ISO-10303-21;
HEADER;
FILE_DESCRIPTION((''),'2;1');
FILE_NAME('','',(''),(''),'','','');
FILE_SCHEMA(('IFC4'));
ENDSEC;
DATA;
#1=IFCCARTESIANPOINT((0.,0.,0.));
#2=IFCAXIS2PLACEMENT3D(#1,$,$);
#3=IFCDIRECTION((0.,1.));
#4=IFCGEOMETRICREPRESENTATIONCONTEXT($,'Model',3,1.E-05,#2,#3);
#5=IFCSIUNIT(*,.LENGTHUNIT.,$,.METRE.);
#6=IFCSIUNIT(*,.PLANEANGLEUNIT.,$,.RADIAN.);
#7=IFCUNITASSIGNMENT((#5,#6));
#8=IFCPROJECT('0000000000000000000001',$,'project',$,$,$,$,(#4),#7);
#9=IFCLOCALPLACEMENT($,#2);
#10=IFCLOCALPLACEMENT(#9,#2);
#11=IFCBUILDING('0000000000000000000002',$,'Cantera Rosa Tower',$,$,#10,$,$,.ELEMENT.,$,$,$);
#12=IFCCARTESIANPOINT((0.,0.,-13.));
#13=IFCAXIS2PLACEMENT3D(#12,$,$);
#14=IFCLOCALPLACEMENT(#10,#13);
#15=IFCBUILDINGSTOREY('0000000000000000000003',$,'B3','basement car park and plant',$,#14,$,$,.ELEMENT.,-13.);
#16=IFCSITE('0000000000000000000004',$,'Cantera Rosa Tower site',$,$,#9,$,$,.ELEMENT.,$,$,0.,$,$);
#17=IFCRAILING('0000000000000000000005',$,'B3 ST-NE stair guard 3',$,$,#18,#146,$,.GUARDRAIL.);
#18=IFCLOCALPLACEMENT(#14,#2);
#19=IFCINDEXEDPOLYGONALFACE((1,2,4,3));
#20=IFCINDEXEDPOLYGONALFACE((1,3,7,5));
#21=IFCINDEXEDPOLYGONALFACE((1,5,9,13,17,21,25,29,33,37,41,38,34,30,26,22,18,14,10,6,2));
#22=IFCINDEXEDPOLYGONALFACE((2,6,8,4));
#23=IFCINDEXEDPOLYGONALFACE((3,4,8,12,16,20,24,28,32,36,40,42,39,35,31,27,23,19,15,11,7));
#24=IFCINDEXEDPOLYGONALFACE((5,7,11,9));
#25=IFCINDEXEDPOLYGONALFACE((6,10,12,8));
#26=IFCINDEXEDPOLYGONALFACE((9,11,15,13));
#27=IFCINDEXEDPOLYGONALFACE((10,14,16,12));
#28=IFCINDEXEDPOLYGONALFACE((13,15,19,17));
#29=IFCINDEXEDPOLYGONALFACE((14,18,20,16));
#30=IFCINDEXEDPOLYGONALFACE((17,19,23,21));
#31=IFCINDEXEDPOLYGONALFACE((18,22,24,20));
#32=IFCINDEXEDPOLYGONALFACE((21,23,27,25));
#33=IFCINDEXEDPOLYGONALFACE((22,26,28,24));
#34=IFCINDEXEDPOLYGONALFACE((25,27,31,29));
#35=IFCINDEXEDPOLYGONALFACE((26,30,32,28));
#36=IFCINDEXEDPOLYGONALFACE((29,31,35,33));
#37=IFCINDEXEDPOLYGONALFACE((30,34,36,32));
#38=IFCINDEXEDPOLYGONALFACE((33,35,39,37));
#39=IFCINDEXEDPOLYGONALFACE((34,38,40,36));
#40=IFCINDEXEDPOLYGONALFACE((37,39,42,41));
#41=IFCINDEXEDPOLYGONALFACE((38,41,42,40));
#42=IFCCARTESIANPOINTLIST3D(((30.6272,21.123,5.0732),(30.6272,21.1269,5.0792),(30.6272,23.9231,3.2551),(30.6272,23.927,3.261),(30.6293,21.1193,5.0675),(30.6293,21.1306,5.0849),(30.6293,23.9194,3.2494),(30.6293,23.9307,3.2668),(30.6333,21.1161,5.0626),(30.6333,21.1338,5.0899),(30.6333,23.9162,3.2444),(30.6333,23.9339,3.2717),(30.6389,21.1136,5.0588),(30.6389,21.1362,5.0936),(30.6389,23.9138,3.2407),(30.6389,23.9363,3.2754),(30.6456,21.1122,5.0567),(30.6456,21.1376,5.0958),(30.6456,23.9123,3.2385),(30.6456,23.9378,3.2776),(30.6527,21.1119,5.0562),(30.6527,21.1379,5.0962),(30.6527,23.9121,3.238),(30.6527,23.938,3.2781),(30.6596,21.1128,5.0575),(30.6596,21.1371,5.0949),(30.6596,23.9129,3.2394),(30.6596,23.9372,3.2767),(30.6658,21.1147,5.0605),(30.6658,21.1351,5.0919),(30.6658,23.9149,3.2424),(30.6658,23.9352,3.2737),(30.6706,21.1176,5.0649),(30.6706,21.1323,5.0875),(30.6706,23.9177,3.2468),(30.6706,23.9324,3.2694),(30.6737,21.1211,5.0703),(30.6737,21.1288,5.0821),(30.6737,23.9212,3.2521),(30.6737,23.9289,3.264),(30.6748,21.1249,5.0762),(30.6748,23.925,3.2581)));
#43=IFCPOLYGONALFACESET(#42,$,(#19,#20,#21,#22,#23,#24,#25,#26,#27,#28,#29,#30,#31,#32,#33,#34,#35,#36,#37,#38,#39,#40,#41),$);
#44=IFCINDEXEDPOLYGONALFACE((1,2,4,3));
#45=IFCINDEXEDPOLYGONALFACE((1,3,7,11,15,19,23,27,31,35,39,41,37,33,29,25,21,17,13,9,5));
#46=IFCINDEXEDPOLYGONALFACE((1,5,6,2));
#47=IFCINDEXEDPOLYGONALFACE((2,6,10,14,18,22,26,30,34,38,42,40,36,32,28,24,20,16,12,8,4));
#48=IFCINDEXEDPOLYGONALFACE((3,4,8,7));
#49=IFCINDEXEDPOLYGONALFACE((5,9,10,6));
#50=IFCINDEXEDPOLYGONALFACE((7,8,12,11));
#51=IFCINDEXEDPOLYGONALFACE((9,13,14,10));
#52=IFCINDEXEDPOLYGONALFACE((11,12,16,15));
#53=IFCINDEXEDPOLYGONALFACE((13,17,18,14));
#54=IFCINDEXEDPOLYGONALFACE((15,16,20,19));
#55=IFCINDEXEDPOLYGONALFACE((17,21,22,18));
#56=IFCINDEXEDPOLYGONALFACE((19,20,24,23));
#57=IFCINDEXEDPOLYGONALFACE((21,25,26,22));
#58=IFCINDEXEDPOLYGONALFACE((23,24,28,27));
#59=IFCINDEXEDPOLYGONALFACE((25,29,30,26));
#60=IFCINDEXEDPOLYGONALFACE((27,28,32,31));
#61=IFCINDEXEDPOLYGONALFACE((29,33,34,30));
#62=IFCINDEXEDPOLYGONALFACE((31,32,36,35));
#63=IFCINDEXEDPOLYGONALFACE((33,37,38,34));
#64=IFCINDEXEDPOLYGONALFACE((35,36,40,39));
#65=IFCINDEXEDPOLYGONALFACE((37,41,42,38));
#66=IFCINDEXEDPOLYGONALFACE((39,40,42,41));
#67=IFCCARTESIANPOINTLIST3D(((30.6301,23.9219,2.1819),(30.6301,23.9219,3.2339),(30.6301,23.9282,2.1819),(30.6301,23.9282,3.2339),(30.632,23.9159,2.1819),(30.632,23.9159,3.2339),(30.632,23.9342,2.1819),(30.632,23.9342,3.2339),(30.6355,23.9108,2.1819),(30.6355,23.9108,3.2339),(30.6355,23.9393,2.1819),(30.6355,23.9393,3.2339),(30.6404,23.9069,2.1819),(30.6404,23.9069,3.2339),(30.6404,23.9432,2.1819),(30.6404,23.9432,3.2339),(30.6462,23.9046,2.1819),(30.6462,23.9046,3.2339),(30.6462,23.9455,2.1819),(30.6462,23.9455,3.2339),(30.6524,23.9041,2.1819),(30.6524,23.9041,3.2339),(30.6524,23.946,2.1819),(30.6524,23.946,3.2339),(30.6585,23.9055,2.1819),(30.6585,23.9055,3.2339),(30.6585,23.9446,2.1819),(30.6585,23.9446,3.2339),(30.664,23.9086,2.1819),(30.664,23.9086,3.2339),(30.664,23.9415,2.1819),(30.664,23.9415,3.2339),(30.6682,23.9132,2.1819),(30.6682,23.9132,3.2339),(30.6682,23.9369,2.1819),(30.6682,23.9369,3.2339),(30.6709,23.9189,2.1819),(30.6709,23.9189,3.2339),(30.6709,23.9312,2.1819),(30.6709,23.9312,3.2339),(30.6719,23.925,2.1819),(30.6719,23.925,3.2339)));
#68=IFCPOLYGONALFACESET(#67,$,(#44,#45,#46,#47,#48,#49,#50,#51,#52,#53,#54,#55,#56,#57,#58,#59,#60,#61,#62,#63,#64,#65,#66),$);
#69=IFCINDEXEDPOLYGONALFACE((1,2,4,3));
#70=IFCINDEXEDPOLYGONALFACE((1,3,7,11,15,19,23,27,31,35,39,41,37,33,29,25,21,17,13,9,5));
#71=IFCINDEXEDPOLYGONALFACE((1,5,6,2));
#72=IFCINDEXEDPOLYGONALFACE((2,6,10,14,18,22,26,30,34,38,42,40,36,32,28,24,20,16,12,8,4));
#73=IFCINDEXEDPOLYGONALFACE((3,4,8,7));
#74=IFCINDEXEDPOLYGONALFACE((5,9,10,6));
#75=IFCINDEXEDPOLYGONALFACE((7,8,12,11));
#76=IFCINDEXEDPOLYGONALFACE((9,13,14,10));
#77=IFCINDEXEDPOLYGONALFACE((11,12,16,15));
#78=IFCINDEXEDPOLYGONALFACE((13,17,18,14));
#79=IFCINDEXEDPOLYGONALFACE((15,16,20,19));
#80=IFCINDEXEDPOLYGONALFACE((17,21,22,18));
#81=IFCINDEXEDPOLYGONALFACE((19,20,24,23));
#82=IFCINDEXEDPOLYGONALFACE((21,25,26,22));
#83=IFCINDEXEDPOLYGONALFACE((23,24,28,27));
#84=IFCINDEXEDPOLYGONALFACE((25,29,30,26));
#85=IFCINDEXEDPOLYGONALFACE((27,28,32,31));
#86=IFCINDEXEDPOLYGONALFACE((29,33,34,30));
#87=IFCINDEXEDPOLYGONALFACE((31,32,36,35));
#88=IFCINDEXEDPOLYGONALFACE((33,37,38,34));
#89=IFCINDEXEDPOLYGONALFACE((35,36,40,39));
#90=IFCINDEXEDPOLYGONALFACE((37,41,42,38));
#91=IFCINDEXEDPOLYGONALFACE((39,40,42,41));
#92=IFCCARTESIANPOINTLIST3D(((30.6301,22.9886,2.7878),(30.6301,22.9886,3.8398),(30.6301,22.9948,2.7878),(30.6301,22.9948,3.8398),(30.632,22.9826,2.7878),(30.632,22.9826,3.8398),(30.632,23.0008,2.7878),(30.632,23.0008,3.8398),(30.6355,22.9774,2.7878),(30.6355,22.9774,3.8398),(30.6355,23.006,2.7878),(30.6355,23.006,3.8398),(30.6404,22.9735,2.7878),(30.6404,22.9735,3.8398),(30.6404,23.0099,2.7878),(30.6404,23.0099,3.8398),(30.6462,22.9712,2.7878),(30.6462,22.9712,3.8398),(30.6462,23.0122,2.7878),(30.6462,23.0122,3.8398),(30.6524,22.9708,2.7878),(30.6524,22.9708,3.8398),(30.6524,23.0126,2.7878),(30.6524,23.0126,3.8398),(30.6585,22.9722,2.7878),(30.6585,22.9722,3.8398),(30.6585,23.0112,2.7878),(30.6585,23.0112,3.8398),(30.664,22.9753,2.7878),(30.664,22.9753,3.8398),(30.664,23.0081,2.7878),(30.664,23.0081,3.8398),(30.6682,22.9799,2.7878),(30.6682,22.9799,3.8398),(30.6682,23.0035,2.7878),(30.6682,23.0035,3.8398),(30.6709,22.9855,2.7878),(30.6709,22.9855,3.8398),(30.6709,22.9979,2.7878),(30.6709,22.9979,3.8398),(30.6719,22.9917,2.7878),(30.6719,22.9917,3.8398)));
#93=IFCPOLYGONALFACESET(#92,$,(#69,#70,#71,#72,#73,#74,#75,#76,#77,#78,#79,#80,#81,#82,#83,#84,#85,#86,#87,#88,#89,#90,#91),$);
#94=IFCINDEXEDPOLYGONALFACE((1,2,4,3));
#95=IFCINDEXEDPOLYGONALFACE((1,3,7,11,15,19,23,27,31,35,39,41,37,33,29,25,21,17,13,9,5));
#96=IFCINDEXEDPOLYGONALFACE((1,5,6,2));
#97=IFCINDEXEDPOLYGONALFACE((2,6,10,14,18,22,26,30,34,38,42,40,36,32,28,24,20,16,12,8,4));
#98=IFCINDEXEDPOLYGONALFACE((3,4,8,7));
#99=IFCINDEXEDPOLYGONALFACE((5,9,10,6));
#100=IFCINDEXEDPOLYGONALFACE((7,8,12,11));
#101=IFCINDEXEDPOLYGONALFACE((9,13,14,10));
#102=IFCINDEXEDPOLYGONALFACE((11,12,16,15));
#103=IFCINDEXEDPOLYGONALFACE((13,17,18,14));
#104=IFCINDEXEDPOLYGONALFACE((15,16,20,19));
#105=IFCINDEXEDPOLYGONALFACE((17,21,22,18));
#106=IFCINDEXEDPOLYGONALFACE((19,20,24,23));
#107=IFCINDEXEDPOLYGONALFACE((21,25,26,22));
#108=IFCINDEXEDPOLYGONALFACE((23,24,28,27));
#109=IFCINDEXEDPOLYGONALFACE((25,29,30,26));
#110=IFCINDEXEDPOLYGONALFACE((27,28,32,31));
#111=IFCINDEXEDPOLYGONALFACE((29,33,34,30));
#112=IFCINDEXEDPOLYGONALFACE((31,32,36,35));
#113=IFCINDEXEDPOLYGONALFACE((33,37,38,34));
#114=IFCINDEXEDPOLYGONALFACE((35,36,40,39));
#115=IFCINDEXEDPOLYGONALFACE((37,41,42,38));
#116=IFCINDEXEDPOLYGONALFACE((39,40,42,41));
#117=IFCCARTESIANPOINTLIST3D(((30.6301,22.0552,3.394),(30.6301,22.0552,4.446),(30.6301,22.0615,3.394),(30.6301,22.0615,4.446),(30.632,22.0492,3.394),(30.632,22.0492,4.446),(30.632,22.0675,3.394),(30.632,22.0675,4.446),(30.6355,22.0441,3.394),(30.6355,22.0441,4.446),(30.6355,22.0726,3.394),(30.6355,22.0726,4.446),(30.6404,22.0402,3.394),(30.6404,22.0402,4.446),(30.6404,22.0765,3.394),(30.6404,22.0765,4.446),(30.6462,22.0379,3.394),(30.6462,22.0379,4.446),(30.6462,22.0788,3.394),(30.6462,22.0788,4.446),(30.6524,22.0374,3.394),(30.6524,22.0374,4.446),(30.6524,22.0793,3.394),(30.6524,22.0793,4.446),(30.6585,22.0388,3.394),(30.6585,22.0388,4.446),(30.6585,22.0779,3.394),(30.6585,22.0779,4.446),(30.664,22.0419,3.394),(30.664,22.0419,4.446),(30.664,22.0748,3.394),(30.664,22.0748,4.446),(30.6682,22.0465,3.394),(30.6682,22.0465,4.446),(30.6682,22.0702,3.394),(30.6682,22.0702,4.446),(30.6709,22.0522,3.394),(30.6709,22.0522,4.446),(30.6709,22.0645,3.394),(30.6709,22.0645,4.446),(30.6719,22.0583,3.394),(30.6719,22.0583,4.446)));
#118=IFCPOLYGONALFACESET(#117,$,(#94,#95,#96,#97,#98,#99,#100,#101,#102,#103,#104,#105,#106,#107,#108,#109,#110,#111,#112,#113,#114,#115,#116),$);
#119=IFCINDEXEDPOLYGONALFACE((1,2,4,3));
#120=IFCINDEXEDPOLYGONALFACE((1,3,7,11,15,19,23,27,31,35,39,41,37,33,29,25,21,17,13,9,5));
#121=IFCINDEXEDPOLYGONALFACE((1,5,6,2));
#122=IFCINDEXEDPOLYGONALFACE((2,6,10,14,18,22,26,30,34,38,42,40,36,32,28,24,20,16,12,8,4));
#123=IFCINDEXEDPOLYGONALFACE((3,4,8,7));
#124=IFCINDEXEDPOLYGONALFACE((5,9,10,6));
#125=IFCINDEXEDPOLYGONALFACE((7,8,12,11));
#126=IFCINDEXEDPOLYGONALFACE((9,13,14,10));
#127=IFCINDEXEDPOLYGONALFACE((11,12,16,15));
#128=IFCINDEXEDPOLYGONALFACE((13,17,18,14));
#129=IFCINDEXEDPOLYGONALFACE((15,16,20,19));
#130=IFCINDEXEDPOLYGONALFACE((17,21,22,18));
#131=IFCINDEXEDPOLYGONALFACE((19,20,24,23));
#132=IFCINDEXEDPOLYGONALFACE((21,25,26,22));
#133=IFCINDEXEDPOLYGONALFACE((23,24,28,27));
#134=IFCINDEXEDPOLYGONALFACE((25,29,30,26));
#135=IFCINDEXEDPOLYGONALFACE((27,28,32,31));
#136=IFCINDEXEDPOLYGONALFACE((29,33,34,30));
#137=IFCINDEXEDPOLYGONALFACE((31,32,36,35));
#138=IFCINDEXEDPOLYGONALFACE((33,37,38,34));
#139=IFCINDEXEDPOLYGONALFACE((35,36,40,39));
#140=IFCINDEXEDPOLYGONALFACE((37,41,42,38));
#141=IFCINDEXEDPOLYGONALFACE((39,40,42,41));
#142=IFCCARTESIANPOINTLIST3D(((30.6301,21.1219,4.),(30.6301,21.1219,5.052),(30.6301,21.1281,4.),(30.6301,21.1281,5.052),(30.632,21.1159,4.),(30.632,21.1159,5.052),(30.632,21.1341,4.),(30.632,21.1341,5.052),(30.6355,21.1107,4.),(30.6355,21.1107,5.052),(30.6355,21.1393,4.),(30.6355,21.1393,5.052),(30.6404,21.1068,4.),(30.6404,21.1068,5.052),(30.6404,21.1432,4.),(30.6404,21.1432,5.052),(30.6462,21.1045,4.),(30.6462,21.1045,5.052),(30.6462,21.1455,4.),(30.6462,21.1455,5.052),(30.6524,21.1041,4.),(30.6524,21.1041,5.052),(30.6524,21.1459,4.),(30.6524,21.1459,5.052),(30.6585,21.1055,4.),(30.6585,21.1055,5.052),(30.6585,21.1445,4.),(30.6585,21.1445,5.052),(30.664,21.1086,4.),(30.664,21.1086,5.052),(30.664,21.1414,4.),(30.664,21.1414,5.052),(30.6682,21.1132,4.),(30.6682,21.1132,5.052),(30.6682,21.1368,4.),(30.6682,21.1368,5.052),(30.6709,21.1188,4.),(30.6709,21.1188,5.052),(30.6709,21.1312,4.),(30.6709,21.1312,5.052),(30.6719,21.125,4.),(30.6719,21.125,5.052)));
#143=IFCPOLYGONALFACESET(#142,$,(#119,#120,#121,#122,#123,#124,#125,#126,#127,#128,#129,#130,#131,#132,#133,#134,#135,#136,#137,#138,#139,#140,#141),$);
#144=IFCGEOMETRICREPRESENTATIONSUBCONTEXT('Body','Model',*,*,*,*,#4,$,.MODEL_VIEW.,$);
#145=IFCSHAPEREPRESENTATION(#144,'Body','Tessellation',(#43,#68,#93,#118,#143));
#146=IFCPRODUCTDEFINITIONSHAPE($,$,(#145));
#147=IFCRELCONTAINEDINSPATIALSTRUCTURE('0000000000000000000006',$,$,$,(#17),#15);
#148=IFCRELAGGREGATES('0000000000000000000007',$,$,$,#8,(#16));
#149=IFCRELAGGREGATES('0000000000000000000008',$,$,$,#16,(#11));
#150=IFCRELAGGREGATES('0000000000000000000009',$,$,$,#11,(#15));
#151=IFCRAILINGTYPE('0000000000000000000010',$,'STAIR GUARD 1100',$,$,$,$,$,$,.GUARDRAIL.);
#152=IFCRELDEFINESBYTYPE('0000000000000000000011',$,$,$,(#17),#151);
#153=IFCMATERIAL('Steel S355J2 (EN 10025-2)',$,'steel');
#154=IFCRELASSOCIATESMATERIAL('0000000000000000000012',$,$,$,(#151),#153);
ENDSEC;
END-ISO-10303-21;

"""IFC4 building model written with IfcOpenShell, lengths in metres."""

from ifc_helpers import new_model, si_unit, direction, frame, origin, origin_2d, place, context, subcontext, project, spatial, circle, extrude, material, type_object, element, save


model = new_model("IFC4")

# Units and contexts
model_context = context("Model", 3, precision=1e-05, world=origin(), true_north=direction((0.0, 1.0)))
body_context = subcontext(model_context, "Body", "Model", "MODEL_VIEW")
ifc_project = project(units=[si_unit("LENGTHUNIT", "METRE"), si_unit("PLANEANGLEUNIT", "RADIAN")], contexts=[model_context])

# Site, building, storey
site_placement = place(None, origin())
site = spatial("IfcSite", under=ifc_project, at=site_placement, Name="Cantera Rosa Tower site", CompositionType="ELEMENT", RefElevation=0.0)
building_placement = place(site_placement, origin())
building = spatial("IfcBuilding", under=site, at=building_placement, Name="Cantera Rosa Tower", CompositionType="ELEMENT")
storey_placement = place(building_placement, frame((0.0, 0.0, -13.0)))
storey = spatial("IfcBuildingStorey", under=building, at=storey_placement, Name="B3", Description="basement car park and plant", CompositionType="ELEMENT", Elevation=-13.0)

# Railing
ifc_material_1 = material(Name="Steel S355J2 (EN 10025-2)", Category="steel")
railing_type_1 = type_object("IfcRailingType", Name="STAIR GUARD 1100", PredefinedType="GUARDRAIL", material=ifc_material_1)
railing_1_placement = place(storey_placement, frame((30.6509, 23.925, 2.1819)))
element("IfcRailing", 1, at=railing_1_placement, inside=storey, type_object=railing_type_1, Name="B3 ST-NE stair guard 3", PredefinedType="GUARDRAIL", context=body_context, shape_type="SweptSolid", body=[
    extrude(circle(Radius=0.0239, at=origin_2d()), frame((0.0, 0.0, 1.0762), z_axis=(0.0, -0.838706, 0.544585), x_axis=(1.0, 0.0, 0.0)), (0.0, 0.0, 1.0), 3.3386),
    extrude(circle(Radius=0.021, at=origin_2d()), origin(), (0.0, 0.0, 1.0), 1.052),
    extrude(circle(Radius=0.021, at=origin_2d()), frame((0.0, -0.9333, 0.606)), (0.0, 0.0, 1.0), 1.052),
    extrude(circle(Radius=0.021, at=origin_2d()), frame((0.0, -1.8667, 1.2122)), (0.0, 0.0, 1.0), 1.052),
    extrude(circle(Radius=0.021, at=origin_2d()), frame((0.0, -2.8, 1.8181)), (0.0, 0.0, 1.0), 1.052),
])

save(model, "model.ifc")
